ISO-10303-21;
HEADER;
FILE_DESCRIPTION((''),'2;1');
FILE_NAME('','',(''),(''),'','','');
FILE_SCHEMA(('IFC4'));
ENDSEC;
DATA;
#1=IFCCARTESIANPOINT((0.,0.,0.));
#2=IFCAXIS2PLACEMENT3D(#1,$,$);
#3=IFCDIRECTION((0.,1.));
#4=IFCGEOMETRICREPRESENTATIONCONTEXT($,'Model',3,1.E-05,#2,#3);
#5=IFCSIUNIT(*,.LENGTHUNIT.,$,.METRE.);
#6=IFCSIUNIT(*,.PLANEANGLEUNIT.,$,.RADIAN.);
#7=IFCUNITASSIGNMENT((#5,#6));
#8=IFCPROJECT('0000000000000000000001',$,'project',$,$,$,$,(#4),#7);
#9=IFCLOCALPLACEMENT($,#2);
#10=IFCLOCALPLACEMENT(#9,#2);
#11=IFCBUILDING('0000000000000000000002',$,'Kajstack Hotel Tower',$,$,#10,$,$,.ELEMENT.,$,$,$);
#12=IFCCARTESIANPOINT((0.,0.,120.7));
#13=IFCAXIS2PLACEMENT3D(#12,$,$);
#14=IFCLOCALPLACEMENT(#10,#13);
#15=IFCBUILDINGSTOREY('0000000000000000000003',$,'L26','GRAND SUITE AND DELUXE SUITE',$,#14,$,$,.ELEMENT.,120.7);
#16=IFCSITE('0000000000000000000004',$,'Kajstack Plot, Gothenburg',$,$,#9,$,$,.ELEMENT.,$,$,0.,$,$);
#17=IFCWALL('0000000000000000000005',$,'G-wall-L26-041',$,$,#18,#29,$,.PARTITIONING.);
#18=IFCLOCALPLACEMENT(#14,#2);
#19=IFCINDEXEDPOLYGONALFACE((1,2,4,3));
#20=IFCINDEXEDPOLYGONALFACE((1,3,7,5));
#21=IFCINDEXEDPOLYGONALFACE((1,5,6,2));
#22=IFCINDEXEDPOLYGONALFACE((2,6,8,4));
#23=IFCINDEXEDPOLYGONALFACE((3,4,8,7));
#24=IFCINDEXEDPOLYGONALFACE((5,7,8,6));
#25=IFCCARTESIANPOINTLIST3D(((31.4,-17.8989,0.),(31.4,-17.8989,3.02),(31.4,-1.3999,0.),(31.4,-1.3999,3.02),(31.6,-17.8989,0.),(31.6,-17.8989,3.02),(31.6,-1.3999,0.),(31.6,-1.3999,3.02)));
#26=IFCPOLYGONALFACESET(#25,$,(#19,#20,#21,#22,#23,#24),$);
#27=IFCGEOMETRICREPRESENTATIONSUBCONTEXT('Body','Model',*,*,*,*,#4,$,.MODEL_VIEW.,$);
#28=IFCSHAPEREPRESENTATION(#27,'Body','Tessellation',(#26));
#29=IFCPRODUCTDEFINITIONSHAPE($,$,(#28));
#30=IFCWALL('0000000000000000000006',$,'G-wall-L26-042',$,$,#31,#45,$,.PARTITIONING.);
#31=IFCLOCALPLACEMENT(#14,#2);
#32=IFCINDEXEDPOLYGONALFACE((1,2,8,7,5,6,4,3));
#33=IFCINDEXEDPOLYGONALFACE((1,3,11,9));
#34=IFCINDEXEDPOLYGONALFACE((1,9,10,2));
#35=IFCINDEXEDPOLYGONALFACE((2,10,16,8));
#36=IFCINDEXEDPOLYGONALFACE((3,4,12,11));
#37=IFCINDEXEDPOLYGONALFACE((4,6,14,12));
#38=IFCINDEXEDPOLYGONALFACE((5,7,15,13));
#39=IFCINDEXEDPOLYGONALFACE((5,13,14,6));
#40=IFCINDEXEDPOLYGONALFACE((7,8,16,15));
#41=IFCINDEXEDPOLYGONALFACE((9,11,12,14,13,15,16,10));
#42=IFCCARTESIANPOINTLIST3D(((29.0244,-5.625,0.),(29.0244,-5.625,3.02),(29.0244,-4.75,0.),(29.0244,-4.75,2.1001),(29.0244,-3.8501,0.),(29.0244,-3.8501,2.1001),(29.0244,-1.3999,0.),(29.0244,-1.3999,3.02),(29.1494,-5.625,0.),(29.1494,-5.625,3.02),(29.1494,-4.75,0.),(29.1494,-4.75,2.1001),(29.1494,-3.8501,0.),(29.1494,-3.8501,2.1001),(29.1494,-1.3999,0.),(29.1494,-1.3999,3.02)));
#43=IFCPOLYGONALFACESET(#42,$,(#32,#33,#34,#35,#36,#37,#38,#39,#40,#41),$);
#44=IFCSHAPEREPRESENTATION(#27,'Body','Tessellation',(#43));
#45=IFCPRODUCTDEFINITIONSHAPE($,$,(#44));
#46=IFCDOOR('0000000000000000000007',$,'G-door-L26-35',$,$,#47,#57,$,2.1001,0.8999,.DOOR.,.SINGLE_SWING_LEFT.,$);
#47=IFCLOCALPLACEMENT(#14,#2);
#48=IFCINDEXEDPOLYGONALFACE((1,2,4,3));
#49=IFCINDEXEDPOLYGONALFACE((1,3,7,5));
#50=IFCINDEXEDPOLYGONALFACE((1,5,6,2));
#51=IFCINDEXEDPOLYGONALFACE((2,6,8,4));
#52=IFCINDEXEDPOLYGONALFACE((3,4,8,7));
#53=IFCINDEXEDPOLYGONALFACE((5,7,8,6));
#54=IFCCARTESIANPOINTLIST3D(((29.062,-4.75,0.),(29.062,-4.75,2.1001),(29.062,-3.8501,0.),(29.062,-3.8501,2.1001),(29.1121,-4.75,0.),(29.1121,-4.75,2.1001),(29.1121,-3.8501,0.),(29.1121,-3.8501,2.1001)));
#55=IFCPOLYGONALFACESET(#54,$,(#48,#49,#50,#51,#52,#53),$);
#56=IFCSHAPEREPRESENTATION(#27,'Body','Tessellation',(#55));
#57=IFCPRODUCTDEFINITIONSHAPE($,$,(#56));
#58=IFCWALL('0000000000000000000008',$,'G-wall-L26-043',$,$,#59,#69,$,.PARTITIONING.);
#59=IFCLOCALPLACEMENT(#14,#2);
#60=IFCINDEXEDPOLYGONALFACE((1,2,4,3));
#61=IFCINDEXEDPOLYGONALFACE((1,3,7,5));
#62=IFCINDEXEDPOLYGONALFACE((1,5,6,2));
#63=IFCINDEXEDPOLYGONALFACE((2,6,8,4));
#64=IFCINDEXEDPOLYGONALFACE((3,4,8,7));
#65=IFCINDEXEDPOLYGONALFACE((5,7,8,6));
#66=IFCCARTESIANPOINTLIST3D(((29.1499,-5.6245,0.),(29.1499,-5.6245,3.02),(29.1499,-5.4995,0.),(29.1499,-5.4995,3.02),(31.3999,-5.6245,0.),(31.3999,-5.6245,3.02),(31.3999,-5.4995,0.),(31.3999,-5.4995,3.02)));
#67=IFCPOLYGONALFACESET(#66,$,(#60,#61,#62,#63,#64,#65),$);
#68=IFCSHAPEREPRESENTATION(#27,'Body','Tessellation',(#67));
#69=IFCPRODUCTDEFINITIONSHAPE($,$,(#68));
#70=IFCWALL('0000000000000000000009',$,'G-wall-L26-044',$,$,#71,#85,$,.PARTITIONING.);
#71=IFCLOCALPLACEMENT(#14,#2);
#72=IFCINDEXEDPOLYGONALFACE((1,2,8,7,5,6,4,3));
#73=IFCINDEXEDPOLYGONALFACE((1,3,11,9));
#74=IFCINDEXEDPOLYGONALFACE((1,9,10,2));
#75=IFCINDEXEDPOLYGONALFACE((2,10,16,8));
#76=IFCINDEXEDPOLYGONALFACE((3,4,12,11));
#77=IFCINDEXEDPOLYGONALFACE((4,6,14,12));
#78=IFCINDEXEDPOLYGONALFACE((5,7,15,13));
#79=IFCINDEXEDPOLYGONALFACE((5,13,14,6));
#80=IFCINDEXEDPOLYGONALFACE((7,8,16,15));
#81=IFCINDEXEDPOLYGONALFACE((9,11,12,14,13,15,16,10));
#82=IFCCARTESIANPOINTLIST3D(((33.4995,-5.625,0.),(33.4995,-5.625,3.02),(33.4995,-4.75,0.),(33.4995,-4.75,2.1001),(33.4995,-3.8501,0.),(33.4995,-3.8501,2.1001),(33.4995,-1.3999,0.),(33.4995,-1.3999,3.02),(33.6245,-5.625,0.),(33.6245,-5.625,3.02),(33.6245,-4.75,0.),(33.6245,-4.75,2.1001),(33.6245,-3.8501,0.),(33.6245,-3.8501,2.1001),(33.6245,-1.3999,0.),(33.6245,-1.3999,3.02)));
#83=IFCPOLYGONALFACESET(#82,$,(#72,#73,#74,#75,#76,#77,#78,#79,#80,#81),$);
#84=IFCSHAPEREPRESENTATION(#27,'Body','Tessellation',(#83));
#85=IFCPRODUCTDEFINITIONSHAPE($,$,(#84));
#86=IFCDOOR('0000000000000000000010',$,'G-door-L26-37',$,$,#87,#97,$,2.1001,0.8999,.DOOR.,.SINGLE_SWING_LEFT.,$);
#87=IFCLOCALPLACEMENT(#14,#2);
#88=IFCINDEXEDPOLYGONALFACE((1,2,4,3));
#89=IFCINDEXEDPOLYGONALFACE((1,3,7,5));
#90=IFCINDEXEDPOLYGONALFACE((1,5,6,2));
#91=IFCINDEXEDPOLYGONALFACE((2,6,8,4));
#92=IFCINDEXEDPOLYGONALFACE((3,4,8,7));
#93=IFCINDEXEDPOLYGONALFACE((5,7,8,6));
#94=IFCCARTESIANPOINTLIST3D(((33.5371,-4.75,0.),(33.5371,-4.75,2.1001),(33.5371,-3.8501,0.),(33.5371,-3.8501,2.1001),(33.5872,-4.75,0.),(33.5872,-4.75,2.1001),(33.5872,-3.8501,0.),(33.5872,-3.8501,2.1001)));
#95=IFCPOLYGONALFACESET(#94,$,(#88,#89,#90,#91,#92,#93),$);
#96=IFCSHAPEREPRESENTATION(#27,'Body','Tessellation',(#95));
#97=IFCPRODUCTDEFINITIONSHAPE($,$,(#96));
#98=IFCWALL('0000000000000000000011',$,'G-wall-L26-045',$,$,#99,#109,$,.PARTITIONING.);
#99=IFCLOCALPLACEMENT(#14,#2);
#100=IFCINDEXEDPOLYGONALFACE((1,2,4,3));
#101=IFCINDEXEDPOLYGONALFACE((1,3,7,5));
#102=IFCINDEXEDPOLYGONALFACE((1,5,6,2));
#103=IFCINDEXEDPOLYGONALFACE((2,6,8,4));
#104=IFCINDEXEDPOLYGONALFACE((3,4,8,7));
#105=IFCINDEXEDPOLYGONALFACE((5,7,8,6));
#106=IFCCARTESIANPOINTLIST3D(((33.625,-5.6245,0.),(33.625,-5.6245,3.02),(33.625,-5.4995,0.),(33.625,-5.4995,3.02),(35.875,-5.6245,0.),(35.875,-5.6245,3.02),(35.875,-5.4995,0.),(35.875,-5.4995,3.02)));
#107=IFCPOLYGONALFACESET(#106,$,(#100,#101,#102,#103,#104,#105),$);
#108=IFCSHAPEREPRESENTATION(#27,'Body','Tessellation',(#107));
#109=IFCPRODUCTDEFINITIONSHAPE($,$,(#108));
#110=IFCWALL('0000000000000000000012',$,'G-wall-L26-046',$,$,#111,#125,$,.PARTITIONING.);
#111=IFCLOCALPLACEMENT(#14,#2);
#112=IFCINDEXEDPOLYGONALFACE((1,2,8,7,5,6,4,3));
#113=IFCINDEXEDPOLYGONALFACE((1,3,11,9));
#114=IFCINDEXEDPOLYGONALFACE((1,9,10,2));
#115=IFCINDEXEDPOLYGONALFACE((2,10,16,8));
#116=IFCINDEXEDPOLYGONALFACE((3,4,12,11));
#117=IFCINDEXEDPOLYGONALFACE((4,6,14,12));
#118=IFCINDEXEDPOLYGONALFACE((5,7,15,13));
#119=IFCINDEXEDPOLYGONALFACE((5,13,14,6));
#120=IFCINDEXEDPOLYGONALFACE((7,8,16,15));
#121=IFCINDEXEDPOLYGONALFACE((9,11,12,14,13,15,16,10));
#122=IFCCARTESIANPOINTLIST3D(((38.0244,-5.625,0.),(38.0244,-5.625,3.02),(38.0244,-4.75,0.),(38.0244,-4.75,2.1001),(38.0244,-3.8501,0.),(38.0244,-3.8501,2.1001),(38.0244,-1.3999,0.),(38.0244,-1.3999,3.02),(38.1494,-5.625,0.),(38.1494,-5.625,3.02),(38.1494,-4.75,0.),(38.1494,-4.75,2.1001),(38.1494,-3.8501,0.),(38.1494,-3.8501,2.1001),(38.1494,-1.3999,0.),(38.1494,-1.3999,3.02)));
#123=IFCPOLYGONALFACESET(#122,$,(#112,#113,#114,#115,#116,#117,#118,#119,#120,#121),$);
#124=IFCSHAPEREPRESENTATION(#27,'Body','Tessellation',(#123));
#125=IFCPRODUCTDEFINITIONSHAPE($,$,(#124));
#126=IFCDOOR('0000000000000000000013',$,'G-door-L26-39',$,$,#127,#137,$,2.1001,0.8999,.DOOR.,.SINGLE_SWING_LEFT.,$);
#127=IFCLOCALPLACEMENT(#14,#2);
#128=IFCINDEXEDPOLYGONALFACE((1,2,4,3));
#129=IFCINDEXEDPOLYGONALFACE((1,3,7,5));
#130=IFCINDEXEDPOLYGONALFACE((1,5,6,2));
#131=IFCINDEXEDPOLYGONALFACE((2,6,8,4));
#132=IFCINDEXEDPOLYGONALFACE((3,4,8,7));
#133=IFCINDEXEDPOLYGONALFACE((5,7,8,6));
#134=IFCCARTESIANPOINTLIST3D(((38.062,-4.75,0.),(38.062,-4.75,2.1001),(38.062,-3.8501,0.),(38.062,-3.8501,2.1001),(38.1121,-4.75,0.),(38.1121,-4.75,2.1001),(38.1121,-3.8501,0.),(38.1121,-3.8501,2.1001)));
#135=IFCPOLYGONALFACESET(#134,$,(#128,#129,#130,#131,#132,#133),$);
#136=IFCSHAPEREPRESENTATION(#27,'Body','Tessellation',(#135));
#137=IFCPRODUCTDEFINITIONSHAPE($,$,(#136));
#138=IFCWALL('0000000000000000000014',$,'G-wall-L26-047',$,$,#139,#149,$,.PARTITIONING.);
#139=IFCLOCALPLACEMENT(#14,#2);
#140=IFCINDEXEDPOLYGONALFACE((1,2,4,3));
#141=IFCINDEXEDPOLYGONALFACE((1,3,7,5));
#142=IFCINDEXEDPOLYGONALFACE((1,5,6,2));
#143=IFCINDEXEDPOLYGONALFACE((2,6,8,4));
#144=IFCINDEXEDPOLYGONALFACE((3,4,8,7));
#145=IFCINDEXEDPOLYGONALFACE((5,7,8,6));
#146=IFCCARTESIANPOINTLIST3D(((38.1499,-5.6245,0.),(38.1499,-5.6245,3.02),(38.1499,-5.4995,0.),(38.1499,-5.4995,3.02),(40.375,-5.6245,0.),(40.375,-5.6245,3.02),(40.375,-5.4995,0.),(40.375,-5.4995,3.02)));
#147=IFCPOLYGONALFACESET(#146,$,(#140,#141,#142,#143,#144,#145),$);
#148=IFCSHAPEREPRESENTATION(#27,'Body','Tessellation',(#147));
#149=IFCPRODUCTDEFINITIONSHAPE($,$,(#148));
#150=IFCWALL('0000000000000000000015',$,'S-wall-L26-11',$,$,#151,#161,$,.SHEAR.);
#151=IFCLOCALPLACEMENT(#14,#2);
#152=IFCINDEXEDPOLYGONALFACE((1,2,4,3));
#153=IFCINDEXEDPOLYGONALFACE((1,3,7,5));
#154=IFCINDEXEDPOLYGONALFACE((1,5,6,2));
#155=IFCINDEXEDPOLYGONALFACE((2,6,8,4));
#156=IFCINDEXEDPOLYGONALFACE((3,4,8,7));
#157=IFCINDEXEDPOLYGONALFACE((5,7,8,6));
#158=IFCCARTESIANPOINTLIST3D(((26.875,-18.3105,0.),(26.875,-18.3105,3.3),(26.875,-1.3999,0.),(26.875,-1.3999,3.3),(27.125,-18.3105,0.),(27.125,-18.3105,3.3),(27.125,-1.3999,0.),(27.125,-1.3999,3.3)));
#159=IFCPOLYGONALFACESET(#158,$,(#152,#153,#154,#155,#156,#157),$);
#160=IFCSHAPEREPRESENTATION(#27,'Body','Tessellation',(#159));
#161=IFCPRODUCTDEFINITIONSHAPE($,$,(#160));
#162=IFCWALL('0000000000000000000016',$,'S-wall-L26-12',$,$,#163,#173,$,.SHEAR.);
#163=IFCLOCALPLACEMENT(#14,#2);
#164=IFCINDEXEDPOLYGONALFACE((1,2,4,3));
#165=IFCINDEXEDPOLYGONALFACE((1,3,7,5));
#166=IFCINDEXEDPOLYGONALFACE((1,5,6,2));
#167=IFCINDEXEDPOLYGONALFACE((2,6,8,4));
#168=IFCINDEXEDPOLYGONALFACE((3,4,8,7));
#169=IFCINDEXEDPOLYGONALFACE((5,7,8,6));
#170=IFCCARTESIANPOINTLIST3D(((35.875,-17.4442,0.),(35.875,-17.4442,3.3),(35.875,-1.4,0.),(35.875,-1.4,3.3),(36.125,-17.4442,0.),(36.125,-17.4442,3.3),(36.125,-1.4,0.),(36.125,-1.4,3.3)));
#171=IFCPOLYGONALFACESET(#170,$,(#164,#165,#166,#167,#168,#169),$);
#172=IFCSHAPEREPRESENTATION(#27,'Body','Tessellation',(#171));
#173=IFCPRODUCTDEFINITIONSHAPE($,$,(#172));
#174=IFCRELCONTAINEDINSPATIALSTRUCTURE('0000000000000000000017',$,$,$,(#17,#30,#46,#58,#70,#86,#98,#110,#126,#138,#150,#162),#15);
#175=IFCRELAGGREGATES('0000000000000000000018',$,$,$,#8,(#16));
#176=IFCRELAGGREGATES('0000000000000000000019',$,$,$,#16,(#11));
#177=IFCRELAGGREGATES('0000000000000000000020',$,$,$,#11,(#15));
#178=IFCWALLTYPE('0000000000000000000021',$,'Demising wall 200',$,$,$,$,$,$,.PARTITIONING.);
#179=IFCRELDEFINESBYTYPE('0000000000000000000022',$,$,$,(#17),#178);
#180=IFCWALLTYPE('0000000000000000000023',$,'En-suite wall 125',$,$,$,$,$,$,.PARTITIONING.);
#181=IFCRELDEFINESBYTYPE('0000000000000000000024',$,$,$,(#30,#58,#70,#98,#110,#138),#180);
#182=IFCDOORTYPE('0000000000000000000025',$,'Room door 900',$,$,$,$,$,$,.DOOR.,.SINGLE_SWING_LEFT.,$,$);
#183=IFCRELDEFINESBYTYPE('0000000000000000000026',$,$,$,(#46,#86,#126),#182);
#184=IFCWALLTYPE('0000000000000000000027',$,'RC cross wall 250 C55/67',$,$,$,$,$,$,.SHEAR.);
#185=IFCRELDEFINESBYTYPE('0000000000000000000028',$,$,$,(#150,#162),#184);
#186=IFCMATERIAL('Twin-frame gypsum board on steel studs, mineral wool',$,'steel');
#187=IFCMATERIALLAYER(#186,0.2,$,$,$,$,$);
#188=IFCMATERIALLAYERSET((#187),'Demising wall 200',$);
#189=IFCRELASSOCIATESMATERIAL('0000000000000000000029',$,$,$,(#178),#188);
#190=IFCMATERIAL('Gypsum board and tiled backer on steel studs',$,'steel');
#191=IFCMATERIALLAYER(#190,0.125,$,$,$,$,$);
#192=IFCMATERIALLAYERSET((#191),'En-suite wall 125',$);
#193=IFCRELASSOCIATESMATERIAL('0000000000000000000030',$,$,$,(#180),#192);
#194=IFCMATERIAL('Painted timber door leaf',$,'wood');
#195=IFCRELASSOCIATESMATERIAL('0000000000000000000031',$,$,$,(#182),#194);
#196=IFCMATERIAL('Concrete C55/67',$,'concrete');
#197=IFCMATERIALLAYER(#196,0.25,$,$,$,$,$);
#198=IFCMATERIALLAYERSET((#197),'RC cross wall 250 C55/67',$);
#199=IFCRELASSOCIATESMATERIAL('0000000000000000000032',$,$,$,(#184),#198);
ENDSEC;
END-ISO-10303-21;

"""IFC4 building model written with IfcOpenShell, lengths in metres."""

from ifc_helpers import new_model, si_unit, direction, frame, frame_2d, origin, place, context, subcontext, project, spatial, rectangle, extrude, material, layer, layer_set, type_object, element, fill, save


model = new_model("IFC4")

# Units and contexts
model_context = context("Model", 3, precision=1e-05, world=origin(), true_north=direction((0.0, 1.0)))
body_context = subcontext(model_context, "Body", "Model", "MODEL_VIEW")
ifc_project = project(units=[si_unit("LENGTHUNIT", "METRE"), si_unit("PLANEANGLEUNIT", "RADIAN")], contexts=[model_context])

# Site, building, storey
site_placement = place(None, origin())
site = spatial("IfcSite", under=ifc_project, at=site_placement, Name="Kajstack Plot, Gothenburg", CompositionType="ELEMENT", RefElevation=0.0)
building_placement = place(site_placement, origin())
building = spatial("IfcBuilding", under=site, at=building_placement, Name="Kajstack Hotel Tower", CompositionType="ELEMENT")
storey_placement = place(building_placement, frame((0.0, 0.0, 120.7)))
storey = spatial("IfcBuildingStorey", under=building, at=storey_placement, Name="L26", Description="GRAND SUITE AND DELUXE SUITE", CompositionType="ELEMENT", Elevation=120.7)

# Wall
ifc_material_1 = material(Name="Twin-frame gypsum board on steel studs, mineral wool", Category="steel")
ifc_layer_1 = layer(ifc_material_1, 0.2)
ifc_layer_set_1 = layer_set([ifc_layer_1], Name="Demising wall 200")
wall_type_1 = type_object("IfcWallType", Name="Demising wall 200", PredefinedType="PARTITIONING", material=ifc_layer_set_1)
wall_1_placement = place(storey_placement, frame((31.5, -17.8989, 0.0), z_axis=(0.0, 0.0, 1.0), x_axis=(0.0, 1.0, 0.0)))
element("IfcWall", 1, at=wall_1_placement, inside=storey, type_object=wall_type_1, Name="G-wall-L26-041", PredefinedType="PARTITIONING", context=body_context, shape_type="SweptSolid", body=[
    extrude(rectangle(XDim=16.499, YDim=0.2, at=frame_2d((8.2495, 0.0))), origin(), (0.0, 0.0, 1.0), 3.02),
])

# Wall, opening, door
ifc_material_2 = material(Name="Gypsum board and tiled backer on steel studs", Category="steel")
ifc_layer_2 = layer(ifc_material_2, 0.125)
ifc_layer_set_2 = layer_set([ifc_layer_2], Name="En-suite wall 125")
wall_type_2 = type_object("IfcWallType", Name="En-suite wall 125", PredefinedType="PARTITIONING", material=ifc_layer_set_2)
wall_2_placement = place(storey_placement, frame((29.0869, -5.625, 0.0), z_axis=(0.0, 0.0, 1.0), x_axis=(0.0, 1.0, 0.0)))
wall_2 = element("IfcWall", 2, at=wall_2_placement, inside=storey, type_object=wall_type_2, Name="G-wall-L26-042", PredefinedType="PARTITIONING", context=body_context, shape_type="SweptSolid", body=[
    extrude(rectangle(XDim=4.2251, YDim=0.125, at=frame_2d((2.1125, 0.0))), origin(), (0.0, 0.0, 1.0), 3.02),
])
opening_1_placement = place(wall_2_placement, frame((0.875, 0.0, 0.0)))
opening_1 = element("IfcOpeningElement", 3, at=opening_1_placement, cuts=wall_2, PredefinedType="OPENING", context=body_context, shape_type="SweptSolid", body=[
    extrude(rectangle(XDim=0.8999, YDim=2.1001, at=frame_2d((0.45, 1.05))), frame((0.0, 0.0725, 0.0), z_axis=(0.0, -1.0, 0.0), x_axis=(1.0, 0.0, 0.0)), (0.0, 0.0, 1.0), 0.145),
])
ifc_material_3 = material(Name="Painted timber door leaf", Category="wood")
door_type = type_object("IfcDoorType", Name="Room door 900", OperationType="SINGLE_SWING_LEFT", PredefinedType="DOOR", material=ifc_material_3)
door_1_placement = place(opening_1_placement, origin())
door_1 = element("IfcDoor", 4, at=door_1_placement, inside=storey, type_object=door_type, Name="G-door-L26-35", OperationType="SINGLE_SWING_LEFT", OverallHeight=2.1001, OverallWidth=0.8999, PredefinedType="DOOR", context=body_context, shape_type="SweptSolid", body=[
    extrude(rectangle(XDim=0.8999, YDim=2.1001, at=frame_2d((0.45, 1.05))), frame((0.0, 0.0249, 0.0), z_axis=(0.0, -1.0, 0.0), x_axis=(1.0, 0.0, 0.0)), (0.0, 0.0, 1.0), 0.05),
])
fill(opening_1, door_1)

# Wall
wall_3_placement = place(storey_placement, frame((29.1499, -5.562, 0.0), z_axis=(0.0, 0.0, 1.0), x_axis=(1.0, 0.0, 0.0)))
element("IfcWall", 5, at=wall_3_placement, inside=storey, type_object=wall_type_2, Name="G-wall-L26-043", PredefinedType="PARTITIONING", context=body_context, shape_type="SweptSolid", body=[
    extrude(rectangle(XDim=2.25, YDim=0.125, at=frame_2d((1.125, 0.0))), origin(), (0.0, 0.0, 1.0), 3.02),
])

# Wall, opening, door
wall_4_placement = place(storey_placement, frame((33.562, -5.625, 0.0), z_axis=(0.0, 0.0, 1.0), x_axis=(0.0, 1.0, 0.0)))
wall_4 = element("IfcWall", 6, at=wall_4_placement, inside=storey, type_object=wall_type_2, Name="G-wall-L26-044", PredefinedType="PARTITIONING", context=body_context, shape_type="SweptSolid", body=[
    extrude(rectangle(XDim=4.2251, YDim=0.125, at=frame_2d((2.1125, 0.0))), origin(), (0.0, 0.0, 1.0), 3.02),
])
opening_2_placement = place(wall_4_placement, frame((0.875, 0.0, 0.0)))
opening_2 = element("IfcOpeningElement", 7, at=opening_2_placement, cuts=wall_4, PredefinedType="OPENING", context=body_context, shape_type="SweptSolid", body=[
    extrude(rectangle(XDim=0.8999, YDim=2.1001, at=frame_2d((0.45, 1.05))), frame((0.0, 0.0725, 0.0), z_axis=(0.0, -1.0, 0.0), x_axis=(1.0, 0.0, 0.0)), (0.0, 0.0, 1.0), 0.145),
])
door_2_placement = place(opening_2_placement, origin())
door_2 = element("IfcDoor", 8, at=door_2_placement, inside=storey, type_object=door_type, Name="G-door-L26-37", OperationType="SINGLE_SWING_LEFT", OverallHeight=2.1001, OverallWidth=0.8999, PredefinedType="DOOR", context=body_context, shape_type="SweptSolid", body=[
    extrude(rectangle(XDim=0.8999, YDim=2.1001, at=frame_2d((0.45, 1.05))), frame((0.0, 0.0249, 0.0), z_axis=(0.0, -1.0, 0.0), x_axis=(1.0, 0.0, 0.0)), (0.0, 0.0, 1.0), 0.05),
])
fill(opening_2, door_2)

# Wall
wall_5_placement = place(storey_placement, frame((33.625, -5.562, 0.0), z_axis=(0.0, 0.0, 1.0), x_axis=(1.0, 0.0, 0.0)))
element("IfcWall", 9, at=wall_5_placement, inside=storey, type_object=wall_type_2, Name="G-wall-L26-045", PredefinedType="PARTITIONING", context=body_context, shape_type="SweptSolid", body=[
    extrude(rectangle(XDim=2.25, YDim=0.125, at=frame_2d((1.125, 0.0))), origin(), (0.0, 0.0, 1.0), 3.02),
])

# Wall, opening, door
wall_6_placement = place(storey_placement, frame((38.0869, -5.625, 0.0), z_axis=(0.0, 0.0, 1.0), x_axis=(0.0, 1.0, 0.0)))
wall_6 = element("IfcWall", 10, at=wall_6_placement, inside=storey, type_object=wall_type_2, Name="G-wall-L26-046", PredefinedType="PARTITIONING", context=body_context, shape_type="SweptSolid", body=[
    extrude(rectangle(XDim=4.2251, YDim=0.125, at=frame_2d((2.1125, 0.0))), origin(), (0.0, 0.0, 1.0), 3.02),
])
opening_3_placement = place(wall_6_placement, frame((0.875, 0.0, 0.0)))
opening_3 = element("IfcOpeningElement", 11, at=opening_3_placement, cuts=wall_6, PredefinedType="OPENING", context=body_context, shape_type="SweptSolid", body=[
    extrude(rectangle(XDim=0.8999, YDim=2.1001, at=frame_2d((0.45, 1.05))), frame((0.0, 0.0725, 0.0), z_axis=(0.0, -1.0, 0.0), x_axis=(1.0, 0.0, 0.0)), (0.0, 0.0, 1.0), 0.145),
])
door_3_placement = place(opening_3_placement, origin())
door_3 = element("IfcDoor", 12, at=door_3_placement, inside=storey, type_object=door_type, Name="G-door-L26-39", OperationType="SINGLE_SWING_LEFT", OverallHeight=2.1001, OverallWidth=0.8999, PredefinedType="DOOR", context=body_context, shape_type="SweptSolid", body=[
    extrude(rectangle(XDim=0.8999, YDim=2.1001, at=frame_2d((0.45, 1.05))), frame((0.0, 0.0249, 0.0), z_axis=(0.0, -1.0, 0.0), x_axis=(1.0, 0.0, 0.0)), (0.0, 0.0, 1.0), 0.05),
])
fill(opening_3, door_3)

# Walls
wall_7_placement = place(storey_placement, frame((38.1499, -5.562, 0.0), z_axis=(0.0, 0.0, 1.0), x_axis=(1.0, 0.0, 0.0)))
element("IfcWall", 13, at=wall_7_placement, inside=storey, type_object=wall_type_2, Name="G-wall-L26-047", PredefinedType="PARTITIONING", context=body_context, shape_type="SweptSolid", body=[
    extrude(rectangle(XDim=2.2251, YDim=0.125, at=frame_2d((1.1125, 0.0))), origin(), (0.0, 0.0, 1.0), 3.02),
])
ifc_material_4 = material(Name="Concrete C55/67", Category="concrete")
ifc_layer_3 = layer(ifc_material_4, 0.25)
ifc_layer_set_3 = layer_set([ifc_layer_3], Name="RC cross wall 250 C55/67")
wall_type_3 = type_object("IfcWallType", Name="RC cross wall 250 C55/67", PredefinedType="SHEAR", material=ifc_layer_set_3)
wall_8_placement = place(storey_placement, frame((27.0, -18.3105, 0.0), z_axis=(0.0, 0.0, 1.0), x_axis=(0.0, 1.0, 0.0)))
element("IfcWall", 14, at=wall_8_placement, inside=storey, type_object=wall_type_3, Name="S-wall-L26-11", PredefinedType="SHEAR", context=body_context, shape_type="SweptSolid", body=[
    extrude(rectangle(XDim=16.9106, YDim=0.25, at=frame_2d((8.4553, 0.0))), origin(), (0.0, 0.0, 1.0), 3.3),
])
wall_9_placement = place(storey_placement, frame((36.0, -17.4441, 0.0), z_axis=(0.0, 0.0, 1.0), x_axis=(0.0, 1.0, 0.0)))
element("IfcWall", 15, at=wall_9_placement, inside=storey, type_object=wall_type_3, Name="S-wall-L26-12", PredefinedType="SHEAR", context=body_context, shape_type="SweptSolid", body=[
    extrude(rectangle(XDim=16.0442, YDim=0.25, at=frame_2d((8.022, 0.0))), origin(), (0.0, 0.0, 1.0), 3.3),
])

save(model, "model.ifc")
